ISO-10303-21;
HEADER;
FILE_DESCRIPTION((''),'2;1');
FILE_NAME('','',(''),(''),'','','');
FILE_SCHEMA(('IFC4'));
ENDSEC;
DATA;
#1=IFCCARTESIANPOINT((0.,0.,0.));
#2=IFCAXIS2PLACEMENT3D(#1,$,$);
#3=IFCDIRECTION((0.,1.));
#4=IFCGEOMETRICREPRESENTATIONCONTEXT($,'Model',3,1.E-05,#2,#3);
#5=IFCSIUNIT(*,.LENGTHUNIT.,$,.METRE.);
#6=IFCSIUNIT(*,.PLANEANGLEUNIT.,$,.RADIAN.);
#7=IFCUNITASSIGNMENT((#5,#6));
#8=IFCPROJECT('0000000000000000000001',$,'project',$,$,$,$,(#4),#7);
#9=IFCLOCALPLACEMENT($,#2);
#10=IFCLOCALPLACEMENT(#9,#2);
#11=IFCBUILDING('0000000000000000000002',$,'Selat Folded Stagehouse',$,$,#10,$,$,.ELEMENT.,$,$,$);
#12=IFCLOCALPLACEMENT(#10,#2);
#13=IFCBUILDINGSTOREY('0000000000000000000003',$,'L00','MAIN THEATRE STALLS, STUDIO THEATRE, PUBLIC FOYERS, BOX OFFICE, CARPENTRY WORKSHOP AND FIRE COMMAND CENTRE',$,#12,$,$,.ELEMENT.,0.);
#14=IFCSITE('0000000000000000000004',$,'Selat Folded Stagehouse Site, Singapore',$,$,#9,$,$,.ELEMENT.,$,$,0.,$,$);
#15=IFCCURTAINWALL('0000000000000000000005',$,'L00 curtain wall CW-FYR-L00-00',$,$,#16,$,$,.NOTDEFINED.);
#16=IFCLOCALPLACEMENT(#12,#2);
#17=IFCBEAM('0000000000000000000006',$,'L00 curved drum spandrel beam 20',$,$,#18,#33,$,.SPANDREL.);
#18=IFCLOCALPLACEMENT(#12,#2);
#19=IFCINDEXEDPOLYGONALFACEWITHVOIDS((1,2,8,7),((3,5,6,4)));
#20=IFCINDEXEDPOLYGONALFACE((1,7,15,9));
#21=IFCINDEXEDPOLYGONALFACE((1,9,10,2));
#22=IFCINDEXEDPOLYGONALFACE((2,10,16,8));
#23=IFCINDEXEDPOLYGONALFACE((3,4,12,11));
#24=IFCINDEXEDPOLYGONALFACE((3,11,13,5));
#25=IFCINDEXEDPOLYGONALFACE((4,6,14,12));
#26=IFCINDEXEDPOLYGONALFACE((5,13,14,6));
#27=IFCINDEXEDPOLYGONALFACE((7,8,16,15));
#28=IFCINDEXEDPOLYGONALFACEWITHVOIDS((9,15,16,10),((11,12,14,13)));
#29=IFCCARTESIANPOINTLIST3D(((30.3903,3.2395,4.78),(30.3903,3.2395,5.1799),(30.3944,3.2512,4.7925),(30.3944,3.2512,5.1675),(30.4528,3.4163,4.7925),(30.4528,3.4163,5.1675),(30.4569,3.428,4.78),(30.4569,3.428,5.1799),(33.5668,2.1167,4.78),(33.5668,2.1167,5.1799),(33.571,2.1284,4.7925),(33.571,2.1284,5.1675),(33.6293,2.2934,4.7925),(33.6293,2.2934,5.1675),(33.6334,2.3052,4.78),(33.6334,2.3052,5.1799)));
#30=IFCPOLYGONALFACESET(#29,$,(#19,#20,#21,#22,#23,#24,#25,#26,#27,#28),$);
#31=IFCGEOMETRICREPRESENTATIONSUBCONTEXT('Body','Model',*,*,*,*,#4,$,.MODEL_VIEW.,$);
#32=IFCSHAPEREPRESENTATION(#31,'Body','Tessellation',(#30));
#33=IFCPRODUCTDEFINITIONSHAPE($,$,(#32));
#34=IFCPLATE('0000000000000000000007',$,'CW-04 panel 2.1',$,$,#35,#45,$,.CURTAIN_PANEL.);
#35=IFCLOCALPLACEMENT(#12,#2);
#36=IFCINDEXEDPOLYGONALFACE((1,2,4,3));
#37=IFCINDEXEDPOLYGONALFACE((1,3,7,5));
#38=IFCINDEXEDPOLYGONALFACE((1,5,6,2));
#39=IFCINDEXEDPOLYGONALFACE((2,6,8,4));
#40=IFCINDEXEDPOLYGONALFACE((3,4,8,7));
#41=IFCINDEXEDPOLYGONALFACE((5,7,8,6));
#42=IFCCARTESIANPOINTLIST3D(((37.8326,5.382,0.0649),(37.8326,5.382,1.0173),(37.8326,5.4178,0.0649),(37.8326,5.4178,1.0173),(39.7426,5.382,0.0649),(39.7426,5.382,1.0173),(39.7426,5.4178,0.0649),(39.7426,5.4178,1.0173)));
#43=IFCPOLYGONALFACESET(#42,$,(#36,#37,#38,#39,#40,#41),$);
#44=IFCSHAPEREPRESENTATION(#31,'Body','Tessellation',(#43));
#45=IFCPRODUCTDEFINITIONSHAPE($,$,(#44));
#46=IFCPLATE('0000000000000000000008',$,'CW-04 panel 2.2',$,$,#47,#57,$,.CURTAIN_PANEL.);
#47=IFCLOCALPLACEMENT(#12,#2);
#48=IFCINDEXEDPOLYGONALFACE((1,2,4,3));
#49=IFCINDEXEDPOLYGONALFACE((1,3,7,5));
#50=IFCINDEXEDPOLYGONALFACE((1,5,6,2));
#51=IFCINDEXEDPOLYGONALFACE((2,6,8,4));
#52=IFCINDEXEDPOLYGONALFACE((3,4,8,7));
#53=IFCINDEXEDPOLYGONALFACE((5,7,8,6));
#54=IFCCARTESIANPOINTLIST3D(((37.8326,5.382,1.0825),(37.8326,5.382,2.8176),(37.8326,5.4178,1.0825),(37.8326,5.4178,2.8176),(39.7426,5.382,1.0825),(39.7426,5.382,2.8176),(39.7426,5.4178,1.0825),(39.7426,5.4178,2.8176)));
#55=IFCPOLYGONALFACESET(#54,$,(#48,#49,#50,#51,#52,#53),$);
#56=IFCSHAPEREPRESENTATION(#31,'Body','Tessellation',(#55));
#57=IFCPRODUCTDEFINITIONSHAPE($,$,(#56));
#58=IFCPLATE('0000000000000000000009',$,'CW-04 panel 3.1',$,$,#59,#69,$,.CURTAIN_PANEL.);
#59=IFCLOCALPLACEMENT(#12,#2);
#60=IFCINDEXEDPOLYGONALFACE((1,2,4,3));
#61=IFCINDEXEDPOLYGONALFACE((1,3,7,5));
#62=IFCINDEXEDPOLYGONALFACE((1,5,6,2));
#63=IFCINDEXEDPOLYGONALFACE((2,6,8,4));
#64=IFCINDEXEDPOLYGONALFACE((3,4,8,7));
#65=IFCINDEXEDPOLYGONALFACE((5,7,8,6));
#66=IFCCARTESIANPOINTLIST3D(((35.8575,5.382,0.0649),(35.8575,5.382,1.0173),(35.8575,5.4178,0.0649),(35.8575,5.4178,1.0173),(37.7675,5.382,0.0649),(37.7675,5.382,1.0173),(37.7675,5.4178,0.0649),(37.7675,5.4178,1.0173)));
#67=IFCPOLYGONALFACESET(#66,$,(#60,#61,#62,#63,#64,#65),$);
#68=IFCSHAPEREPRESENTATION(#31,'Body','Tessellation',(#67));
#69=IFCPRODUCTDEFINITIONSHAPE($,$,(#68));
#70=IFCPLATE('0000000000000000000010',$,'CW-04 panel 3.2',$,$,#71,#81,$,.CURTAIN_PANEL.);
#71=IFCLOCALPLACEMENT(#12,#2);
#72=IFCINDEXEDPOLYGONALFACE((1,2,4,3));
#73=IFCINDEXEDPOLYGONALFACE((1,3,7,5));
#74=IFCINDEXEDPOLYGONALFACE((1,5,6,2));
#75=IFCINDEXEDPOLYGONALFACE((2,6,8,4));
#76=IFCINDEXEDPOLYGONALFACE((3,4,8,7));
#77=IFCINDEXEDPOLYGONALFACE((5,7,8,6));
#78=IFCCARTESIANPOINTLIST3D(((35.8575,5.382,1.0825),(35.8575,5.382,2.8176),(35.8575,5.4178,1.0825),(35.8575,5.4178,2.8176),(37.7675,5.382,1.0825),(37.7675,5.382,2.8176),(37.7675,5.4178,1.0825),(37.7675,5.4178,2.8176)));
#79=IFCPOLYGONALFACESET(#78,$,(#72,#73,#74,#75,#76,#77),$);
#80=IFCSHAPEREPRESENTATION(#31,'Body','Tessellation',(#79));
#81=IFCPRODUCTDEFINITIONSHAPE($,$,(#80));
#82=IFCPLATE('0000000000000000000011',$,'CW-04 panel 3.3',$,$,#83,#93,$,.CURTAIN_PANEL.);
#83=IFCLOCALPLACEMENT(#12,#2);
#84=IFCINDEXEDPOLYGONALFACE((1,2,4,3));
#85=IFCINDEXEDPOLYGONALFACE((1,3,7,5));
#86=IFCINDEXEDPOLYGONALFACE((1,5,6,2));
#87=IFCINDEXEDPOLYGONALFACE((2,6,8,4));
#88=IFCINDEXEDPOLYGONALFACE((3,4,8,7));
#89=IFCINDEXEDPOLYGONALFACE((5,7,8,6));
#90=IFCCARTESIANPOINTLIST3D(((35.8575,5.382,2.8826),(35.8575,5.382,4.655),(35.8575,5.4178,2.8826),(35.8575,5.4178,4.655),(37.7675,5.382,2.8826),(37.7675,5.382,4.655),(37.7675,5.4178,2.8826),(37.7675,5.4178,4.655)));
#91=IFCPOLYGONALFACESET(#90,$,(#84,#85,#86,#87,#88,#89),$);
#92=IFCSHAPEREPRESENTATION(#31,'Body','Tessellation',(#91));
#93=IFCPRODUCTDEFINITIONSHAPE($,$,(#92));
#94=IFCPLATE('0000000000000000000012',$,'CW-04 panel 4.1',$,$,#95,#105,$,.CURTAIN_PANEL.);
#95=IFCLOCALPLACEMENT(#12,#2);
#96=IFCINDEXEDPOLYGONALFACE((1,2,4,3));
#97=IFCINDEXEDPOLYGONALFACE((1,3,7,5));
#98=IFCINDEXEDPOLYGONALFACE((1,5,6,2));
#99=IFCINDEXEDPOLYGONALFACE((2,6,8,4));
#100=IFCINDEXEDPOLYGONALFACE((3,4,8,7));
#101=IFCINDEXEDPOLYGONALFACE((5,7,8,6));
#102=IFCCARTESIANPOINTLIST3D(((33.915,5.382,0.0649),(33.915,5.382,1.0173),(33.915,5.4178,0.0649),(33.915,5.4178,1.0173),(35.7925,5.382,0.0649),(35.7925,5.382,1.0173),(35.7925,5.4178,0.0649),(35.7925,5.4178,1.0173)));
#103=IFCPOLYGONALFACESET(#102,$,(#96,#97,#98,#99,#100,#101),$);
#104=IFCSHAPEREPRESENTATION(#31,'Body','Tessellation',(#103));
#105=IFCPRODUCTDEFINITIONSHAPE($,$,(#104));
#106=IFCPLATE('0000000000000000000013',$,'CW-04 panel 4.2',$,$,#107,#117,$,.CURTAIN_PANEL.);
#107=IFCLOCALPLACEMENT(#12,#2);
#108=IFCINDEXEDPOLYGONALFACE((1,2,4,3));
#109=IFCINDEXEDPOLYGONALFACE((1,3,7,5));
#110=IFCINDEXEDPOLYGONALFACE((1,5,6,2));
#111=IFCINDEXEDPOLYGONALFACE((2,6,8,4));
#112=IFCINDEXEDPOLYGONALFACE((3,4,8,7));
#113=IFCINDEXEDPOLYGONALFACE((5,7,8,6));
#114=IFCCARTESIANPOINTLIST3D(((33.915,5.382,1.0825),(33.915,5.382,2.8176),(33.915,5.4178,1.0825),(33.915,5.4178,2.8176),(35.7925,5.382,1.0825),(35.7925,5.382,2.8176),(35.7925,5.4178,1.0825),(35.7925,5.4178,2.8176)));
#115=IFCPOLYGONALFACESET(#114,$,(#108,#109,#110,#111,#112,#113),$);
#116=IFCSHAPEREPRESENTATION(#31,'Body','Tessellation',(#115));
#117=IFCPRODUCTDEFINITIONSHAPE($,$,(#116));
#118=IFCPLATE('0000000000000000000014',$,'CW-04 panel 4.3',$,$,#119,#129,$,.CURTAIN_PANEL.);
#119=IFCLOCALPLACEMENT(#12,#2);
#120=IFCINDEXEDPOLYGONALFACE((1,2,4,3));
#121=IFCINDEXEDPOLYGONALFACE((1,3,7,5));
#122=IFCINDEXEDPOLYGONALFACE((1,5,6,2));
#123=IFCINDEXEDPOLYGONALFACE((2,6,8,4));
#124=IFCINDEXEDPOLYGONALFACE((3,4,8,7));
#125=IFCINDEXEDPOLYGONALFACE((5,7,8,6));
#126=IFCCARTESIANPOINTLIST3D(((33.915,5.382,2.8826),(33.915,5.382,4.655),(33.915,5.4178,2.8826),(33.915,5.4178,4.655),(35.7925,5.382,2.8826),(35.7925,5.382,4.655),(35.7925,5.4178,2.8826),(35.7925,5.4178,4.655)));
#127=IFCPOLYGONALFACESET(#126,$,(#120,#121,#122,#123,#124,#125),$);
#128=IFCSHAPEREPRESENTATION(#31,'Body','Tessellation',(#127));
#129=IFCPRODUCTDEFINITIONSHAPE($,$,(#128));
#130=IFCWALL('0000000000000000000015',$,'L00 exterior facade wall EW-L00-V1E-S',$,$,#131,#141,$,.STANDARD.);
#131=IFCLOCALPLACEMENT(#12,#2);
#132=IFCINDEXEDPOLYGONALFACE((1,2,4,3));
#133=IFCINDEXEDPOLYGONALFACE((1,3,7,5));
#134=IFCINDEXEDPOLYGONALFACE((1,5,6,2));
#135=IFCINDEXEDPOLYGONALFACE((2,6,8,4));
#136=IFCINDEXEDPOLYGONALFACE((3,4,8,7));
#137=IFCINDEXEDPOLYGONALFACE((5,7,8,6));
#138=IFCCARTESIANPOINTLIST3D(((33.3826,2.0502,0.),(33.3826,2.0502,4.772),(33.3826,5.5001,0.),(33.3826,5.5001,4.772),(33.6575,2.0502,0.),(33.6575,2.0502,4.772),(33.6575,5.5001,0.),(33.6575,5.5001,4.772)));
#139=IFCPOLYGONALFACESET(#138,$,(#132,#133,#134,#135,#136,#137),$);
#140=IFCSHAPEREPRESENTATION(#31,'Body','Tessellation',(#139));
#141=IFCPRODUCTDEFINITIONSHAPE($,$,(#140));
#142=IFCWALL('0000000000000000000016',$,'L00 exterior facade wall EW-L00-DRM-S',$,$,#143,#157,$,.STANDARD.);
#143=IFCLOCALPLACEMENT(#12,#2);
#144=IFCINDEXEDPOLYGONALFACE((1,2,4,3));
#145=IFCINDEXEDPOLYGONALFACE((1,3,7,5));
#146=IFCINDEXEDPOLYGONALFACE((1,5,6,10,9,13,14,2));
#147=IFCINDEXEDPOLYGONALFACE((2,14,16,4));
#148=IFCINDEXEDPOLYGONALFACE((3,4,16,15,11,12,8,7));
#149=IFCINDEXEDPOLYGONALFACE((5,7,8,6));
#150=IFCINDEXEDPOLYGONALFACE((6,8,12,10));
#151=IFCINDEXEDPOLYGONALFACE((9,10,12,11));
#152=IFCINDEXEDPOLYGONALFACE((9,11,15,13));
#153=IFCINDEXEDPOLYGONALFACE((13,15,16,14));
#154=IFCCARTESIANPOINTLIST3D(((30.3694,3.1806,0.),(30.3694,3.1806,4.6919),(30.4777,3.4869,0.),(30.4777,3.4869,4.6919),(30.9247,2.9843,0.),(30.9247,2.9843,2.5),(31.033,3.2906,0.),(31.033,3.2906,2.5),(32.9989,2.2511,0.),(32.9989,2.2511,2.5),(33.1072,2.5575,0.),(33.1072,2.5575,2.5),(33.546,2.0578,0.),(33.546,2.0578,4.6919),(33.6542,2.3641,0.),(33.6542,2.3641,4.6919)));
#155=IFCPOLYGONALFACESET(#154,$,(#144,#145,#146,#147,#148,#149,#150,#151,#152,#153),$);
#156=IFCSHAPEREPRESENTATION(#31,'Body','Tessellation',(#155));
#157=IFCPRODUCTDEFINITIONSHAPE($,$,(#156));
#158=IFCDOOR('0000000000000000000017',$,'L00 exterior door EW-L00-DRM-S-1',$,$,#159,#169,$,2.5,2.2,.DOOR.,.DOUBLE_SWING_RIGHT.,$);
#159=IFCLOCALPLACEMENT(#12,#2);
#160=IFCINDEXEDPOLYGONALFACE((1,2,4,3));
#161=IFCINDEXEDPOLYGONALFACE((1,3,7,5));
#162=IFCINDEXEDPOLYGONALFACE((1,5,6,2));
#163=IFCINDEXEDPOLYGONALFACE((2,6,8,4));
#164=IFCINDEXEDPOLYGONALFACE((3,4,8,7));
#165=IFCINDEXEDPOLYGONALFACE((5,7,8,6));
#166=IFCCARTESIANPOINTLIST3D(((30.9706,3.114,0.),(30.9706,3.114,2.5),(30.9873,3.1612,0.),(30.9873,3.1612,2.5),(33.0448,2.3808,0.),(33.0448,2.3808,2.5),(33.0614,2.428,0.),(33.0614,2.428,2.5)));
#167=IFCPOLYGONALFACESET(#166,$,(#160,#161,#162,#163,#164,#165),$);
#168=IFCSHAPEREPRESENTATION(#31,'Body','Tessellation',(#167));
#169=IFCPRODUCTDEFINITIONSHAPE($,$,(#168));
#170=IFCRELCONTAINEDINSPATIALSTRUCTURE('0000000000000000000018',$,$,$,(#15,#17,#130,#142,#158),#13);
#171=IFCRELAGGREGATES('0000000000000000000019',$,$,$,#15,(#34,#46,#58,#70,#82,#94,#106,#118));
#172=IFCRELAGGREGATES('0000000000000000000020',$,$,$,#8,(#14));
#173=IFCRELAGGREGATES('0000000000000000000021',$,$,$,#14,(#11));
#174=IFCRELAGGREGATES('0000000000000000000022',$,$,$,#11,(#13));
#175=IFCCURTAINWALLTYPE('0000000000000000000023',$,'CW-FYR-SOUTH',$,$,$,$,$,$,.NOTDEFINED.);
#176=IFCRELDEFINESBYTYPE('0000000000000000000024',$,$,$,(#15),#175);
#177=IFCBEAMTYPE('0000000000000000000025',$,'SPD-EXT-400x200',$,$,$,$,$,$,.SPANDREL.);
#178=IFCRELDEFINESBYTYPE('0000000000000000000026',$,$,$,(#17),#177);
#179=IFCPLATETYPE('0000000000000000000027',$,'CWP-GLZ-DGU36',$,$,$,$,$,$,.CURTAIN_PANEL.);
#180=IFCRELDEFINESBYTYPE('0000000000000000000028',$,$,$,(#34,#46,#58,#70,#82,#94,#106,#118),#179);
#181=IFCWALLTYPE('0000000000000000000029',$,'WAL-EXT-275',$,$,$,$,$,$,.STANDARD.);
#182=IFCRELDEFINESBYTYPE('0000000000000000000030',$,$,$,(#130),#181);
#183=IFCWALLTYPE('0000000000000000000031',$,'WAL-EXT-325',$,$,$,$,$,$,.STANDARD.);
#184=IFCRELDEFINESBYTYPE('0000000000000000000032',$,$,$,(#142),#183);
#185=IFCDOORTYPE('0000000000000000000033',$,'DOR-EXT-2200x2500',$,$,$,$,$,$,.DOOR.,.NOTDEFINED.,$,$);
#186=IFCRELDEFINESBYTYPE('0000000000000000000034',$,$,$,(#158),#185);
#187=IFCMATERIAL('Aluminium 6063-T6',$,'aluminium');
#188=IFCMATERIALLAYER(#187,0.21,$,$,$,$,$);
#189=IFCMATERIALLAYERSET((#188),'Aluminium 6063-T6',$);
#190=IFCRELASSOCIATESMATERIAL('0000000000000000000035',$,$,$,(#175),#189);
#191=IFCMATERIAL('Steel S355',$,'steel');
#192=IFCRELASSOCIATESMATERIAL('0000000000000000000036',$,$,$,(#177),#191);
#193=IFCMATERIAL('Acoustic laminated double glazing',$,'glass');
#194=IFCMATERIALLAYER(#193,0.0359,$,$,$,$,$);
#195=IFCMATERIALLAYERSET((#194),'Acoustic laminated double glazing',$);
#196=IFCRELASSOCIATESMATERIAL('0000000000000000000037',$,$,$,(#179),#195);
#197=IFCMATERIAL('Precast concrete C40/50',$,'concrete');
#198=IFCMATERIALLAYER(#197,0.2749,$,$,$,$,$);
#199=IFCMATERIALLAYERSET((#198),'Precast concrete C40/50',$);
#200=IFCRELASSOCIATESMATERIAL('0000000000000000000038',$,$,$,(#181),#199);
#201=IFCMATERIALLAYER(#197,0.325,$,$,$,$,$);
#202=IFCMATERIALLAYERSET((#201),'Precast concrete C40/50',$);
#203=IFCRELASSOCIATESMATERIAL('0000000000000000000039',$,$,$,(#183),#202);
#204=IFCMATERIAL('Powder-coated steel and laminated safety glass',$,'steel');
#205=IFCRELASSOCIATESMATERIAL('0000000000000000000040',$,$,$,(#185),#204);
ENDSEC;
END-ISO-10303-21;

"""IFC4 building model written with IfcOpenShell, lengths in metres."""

from ifc_helpers import new_model, si_unit, direction, frame, frame_2d, origin, origin_2d, place, context, subcontext, project, spatial, rectangle, hollow_rectangle, extrude, material, layer, layer_set, material_profile, profile_set, type_object, element, fill, aggregate, save


model = new_model("IFC4")

# Units and contexts
model_context = context("Model", 3, precision=1e-05, world=origin(), true_north=direction((0.0, 1.0)))
body_context = subcontext(model_context, "Body", "Model", "MODEL_VIEW")
ifc_project = project(units=[si_unit("LENGTHUNIT", "METRE"), si_unit("PLANEANGLEUNIT", "RADIAN")], contexts=[model_context])

# Site, building, storey
site_placement = place(None, origin())
site = spatial("IfcSite", under=ifc_project, at=site_placement, Name="Selat Folded Stagehouse Site, Singapore", CompositionType="ELEMENT", RefElevation=0.0)
building_placement = place(site_placement, origin())
building = spatial("IfcBuilding", under=site, at=building_placement, Name="Selat Folded Stagehouse", CompositionType="ELEMENT")
storey_placement = place(building_placement, origin())
storey = spatial("IfcBuildingStorey", under=building, at=storey_placement, Name="L00", Description="MAIN THEATRE STALLS, STUDIO THEATRE, PUBLIC FOYERS, BOX OFFICE, CARPENTRY WORKSHOP AND FIRE COMMAND CENTRE", CompositionType="ELEMENT", Elevation=0.0)

# Shared definitions
ifc_material_1 = material(Name="Steel S355", Category="steel")

# Curtain wall
ifc_material_2 = material(Name="Aluminium 6063-T6", Category="aluminium")
ifc_layer_1 = layer(ifc_material_2, 0.21)
ifc_layer_set_1 = layer_set([ifc_layer_1], Name="Aluminium 6063-T6")
curtain_wall_type_1 = type_object("IfcCurtainWallType", Name="CW-FYR-SOUTH", PredefinedType="NOTDEFINED", material=ifc_layer_set_1)
curtain_wall_1_placement = place(storey_placement, origin())
curtain_wall_1 = element("IfcCurtainWall", 1, at=curtain_wall_1_placement, inside=storey, type_object=curtain_wall_type_1, Name="L00 curtain wall CW-FYR-L00-00", PredefinedType="NOTDEFINED")

# Beam
ifc_material_profile_1 = material_profile(ifc_material_1, hollow_rectangle(XDim=0.2, YDim=0.3999, WallThickness=0.0125, at=origin_2d()), Name="RHS 400x200x12.5")
ifc_profile_set_1 = profile_set([ifc_material_profile_1], Name="Steel S355")
beam_type = type_object("IfcBeamType", Name="SPD-EXT-400x200", PredefinedType="SPANDREL", material=ifc_profile_set_1)
beam_placement = place(storey_placement, frame((30.4236, 3.3337, 4.98), z_axis=(0.942834, -0.333264, 0.0), x_axis=(0.333264, 0.942834, 0.0)))
element("IfcBeam", 2, at=beam_placement, inside=storey, type_object=beam_type, Name="L00 curved drum spandrel beam 20", PredefinedType="SPANDREL", context=body_context, shape_type="SweptSolid", body=[
    extrude(hollow_rectangle(XDim=0.2, YDim=0.3999, WallThickness=0.0125, at=origin_2d()), origin(), (0.0, 0.0, 1.0), 3.3691),
])

# Plates
ifc_material_3 = material(Name="Acoustic laminated double glazing", Category="glass")
ifc_layer_2 = layer(ifc_material_3, 0.0359)
ifc_layer_set_2 = layer_set([ifc_layer_2], Name="Acoustic laminated double glazing")
plate_type = type_object("IfcPlateType", Name="CWP-GLZ-DGU36", PredefinedType="CURTAIN_PANEL", material=ifc_layer_set_2)
plate_1_placement = place(storey_placement, frame((38.7876, 5.3999, 0.0649), z_axis=(0.0, 0.0, 1.0), x_axis=(-1.0, 0.0, 0.0)))
plate_1 = element("IfcPlate", 3, at=plate_1_placement, type_object=plate_type, Name="CW-04 panel 2.1", PredefinedType="CURTAIN_PANEL", context=body_context, shape_type="SweptSolid", body=[
    extrude(rectangle(XDim=1.9099, YDim=0.0359, at=origin_2d()), origin(), (0.0, 0.0, 1.0), 0.9524),
])
plate_2_placement = place(storey_placement, frame((38.7876, 5.3999, 1.0825), z_axis=(0.0, 0.0, 1.0), x_axis=(-1.0, 0.0, 0.0)))
plate_2 = element("IfcPlate", 4, at=plate_2_placement, type_object=plate_type, Name="CW-04 panel 2.2", PredefinedType="CURTAIN_PANEL", context=body_context, shape_type="SweptSolid", body=[
    extrude(rectangle(XDim=1.9099, YDim=0.0359, at=origin_2d()), origin(), (0.0, 0.0, 1.0), 1.7351),
])
plate_3_placement = place(storey_placement, frame((36.8125, 5.3999, 0.0649), z_axis=(0.0, 0.0, 1.0), x_axis=(-1.0, 0.0, 0.0)))
plate_3 = element("IfcPlate", 5, at=plate_3_placement, type_object=plate_type, Name="CW-04 panel 3.1", PredefinedType="CURTAIN_PANEL", context=body_context, shape_type="SweptSolid", body=[
    extrude(rectangle(XDim=1.9099, YDim=0.0359, at=origin_2d()), origin(), (0.0, 0.0, 1.0), 0.9524),
])
plate_4_placement = place(storey_placement, frame((36.8125, 5.3999, 1.0825), z_axis=(0.0, 0.0, 1.0), x_axis=(-1.0, 0.0, 0.0)))
plate_4 = element("IfcPlate", 6, at=plate_4_placement, type_object=plate_type, Name="CW-04 panel 3.2", PredefinedType="CURTAIN_PANEL", context=body_context, shape_type="SweptSolid", body=[
    extrude(rectangle(XDim=1.9099, YDim=0.0359, at=origin_2d()), origin(), (0.0, 0.0, 1.0), 1.7351),
])
plate_5_placement = place(storey_placement, frame((36.8125, 5.3999, 2.8826), z_axis=(0.0, 0.0, 1.0), x_axis=(-1.0, 0.0, 0.0)))
plate_5 = element("IfcPlate", 7, at=plate_5_placement, type_object=plate_type, Name="CW-04 panel 3.3", PredefinedType="CURTAIN_PANEL", context=body_context, shape_type="SweptSolid", body=[
    extrude(rectangle(XDim=1.9099, YDim=0.0359, at=origin_2d()), origin(), (0.0, 0.0, 1.0), 1.7725),
])
plate_6_placement = place(storey_placement, frame((34.8538, 5.3999, 0.0649), z_axis=(0.0, 0.0, 1.0), x_axis=(-1.0, 0.0, 0.0)))
plate_6 = element("IfcPlate", 8, at=plate_6_placement, type_object=plate_type, Name="CW-04 panel 4.1", PredefinedType="CURTAIN_PANEL", context=body_context, shape_type="SweptSolid", body=[
    extrude(rectangle(XDim=1.8774, YDim=0.0359, at=origin_2d()), origin(), (0.0, 0.0, 1.0), 0.9524),
])
plate_7_placement = place(storey_placement, frame((34.8538, 5.3999, 1.0825), z_axis=(0.0, 0.0, 1.0), x_axis=(-1.0, 0.0, 0.0)))
plate_7 = element("IfcPlate", 9, at=plate_7_placement, type_object=plate_type, Name="CW-04 panel 4.2", PredefinedType="CURTAIN_PANEL", context=body_context, shape_type="SweptSolid", body=[
    extrude(rectangle(XDim=1.8774, YDim=0.0359, at=origin_2d()), origin(), (0.0, 0.0, 1.0), 1.7351),
])
plate_8_placement = place(storey_placement, frame((34.8538, 5.3999, 2.8826), z_axis=(0.0, 0.0, 1.0), x_axis=(-1.0, 0.0, 0.0)))
plate_8 = element("IfcPlate", 10, at=plate_8_placement, type_object=plate_type, Name="CW-04 panel 4.3", PredefinedType="CURTAIN_PANEL", context=body_context, shape_type="SweptSolid", body=[
    extrude(rectangle(XDim=1.8774, YDim=0.0359, at=origin_2d()), origin(), (0.0, 0.0, 1.0), 1.7725),
])
aggregate(curtain_wall_1, [plate_1, plate_2, plate_3, plate_4, plate_5, plate_6, plate_7, plate_8])

# Wall
ifc_material_4 = material(Name="Precast concrete C40/50", Category="concrete")
ifc_layer_3 = layer(ifc_material_4, 0.2749)
ifc_layer_set_3 = layer_set([ifc_layer_3], Name="Precast concrete C40/50")
wall_type_1 = type_object("IfcWallType", Name="WAL-EXT-275", PredefinedType="STANDARD", material=ifc_layer_set_3)
wall_1_placement = place(storey_placement, frame((33.52, 2.05, 0.0), z_axis=(0.0, 0.0, 1.0), x_axis=(0.0, 1.0, 0.0)))
element("IfcWall", 11, at=wall_1_placement, inside=storey, type_object=wall_type_1, Name="L00 exterior facade wall EW-L00-V1E-S", PredefinedType="STANDARD", context=body_context, shape_type="SweptSolid", body=[
    extrude(rectangle(XDim=3.45, YDim=0.2749, at=frame_2d((1.7251, 0.0))), origin(), (0.0, 0.0, 1.0), 4.772),
])

# Wall, opening, door
ifc_layer_4 = layer(ifc_material_4, 0.325)
ifc_layer_set_4 = layer_set([ifc_layer_4], Name="Precast concrete C40/50")
wall_type_2 = type_object("IfcWallType", Name="WAL-EXT-325", PredefinedType="STANDARD", material=ifc_layer_set_4)
wall_2_placement = place(storey_placement, frame((33.6001, 2.2109, 0.0), z_axis=(0.0, 0.0, 1.0), x_axis=(-0.942834, 0.333264, 0.0)))
wall_2 = element("IfcWall", 12, at=wall_2_placement, inside=storey, type_object=wall_type_2, Name="L00 exterior facade wall EW-L00-DRM-S", PredefinedType="STANDARD", context=body_context, shape_type="SweptSolid", body=[
    extrude(rectangle(XDim=3.3691, YDim=0.325, at=frame_2d((1.6846, 0.0))), origin(), (0.0, 0.0, 1.0), 4.6919),
])
opening_placement = place(wall_2_placement, frame((0.5801, 0.0, 0.0)))
opening = element("IfcOpeningElement", 13, at=opening_placement, cuts=wall_2, PredefinedType="OPENING", context=body_context, shape_type="SweptSolid", body=[
    extrude(rectangle(XDim=2.2, YDim=2.5, at=frame_2d((1.1001, 1.25))), frame((0.0, 0.1724, 0.0), z_axis=(0.0, -1.0, 0.0), x_axis=(1.0, 0.0, 0.0)), (0.0, 0.0, 1.0), 0.345),
])
ifc_material_5 = material(Name="Powder-coated steel and laminated safety glass", Category="steel")
door_type = type_object("IfcDoorType", Name="DOR-EXT-2200x2500", OperationType="NOTDEFINED", PredefinedType="DOOR", material=ifc_material_5)
door_placement = place(opening_placement, origin())
door = element("IfcDoor", 14, at=door_placement, inside=storey, type_object=door_type, Name="L00 exterior door EW-L00-DRM-S-1", OperationType="DOUBLE_SWING_RIGHT", OverallHeight=2.5, OverallWidth=2.2, PredefinedType="DOOR", context=body_context, shape_type="SweptSolid", body=[
    extrude(rectangle(XDim=2.2, YDim=2.5, at=frame_2d((1.1001, 1.25))), frame((0.0, 0.0249, 0.0), z_axis=(0.0, -1.0, 0.0), x_axis=(1.0, 0.0, 0.0)), (0.0, 0.0, 1.0), 0.05),
])
fill(opening, door)

save(model, "model.ifc")
